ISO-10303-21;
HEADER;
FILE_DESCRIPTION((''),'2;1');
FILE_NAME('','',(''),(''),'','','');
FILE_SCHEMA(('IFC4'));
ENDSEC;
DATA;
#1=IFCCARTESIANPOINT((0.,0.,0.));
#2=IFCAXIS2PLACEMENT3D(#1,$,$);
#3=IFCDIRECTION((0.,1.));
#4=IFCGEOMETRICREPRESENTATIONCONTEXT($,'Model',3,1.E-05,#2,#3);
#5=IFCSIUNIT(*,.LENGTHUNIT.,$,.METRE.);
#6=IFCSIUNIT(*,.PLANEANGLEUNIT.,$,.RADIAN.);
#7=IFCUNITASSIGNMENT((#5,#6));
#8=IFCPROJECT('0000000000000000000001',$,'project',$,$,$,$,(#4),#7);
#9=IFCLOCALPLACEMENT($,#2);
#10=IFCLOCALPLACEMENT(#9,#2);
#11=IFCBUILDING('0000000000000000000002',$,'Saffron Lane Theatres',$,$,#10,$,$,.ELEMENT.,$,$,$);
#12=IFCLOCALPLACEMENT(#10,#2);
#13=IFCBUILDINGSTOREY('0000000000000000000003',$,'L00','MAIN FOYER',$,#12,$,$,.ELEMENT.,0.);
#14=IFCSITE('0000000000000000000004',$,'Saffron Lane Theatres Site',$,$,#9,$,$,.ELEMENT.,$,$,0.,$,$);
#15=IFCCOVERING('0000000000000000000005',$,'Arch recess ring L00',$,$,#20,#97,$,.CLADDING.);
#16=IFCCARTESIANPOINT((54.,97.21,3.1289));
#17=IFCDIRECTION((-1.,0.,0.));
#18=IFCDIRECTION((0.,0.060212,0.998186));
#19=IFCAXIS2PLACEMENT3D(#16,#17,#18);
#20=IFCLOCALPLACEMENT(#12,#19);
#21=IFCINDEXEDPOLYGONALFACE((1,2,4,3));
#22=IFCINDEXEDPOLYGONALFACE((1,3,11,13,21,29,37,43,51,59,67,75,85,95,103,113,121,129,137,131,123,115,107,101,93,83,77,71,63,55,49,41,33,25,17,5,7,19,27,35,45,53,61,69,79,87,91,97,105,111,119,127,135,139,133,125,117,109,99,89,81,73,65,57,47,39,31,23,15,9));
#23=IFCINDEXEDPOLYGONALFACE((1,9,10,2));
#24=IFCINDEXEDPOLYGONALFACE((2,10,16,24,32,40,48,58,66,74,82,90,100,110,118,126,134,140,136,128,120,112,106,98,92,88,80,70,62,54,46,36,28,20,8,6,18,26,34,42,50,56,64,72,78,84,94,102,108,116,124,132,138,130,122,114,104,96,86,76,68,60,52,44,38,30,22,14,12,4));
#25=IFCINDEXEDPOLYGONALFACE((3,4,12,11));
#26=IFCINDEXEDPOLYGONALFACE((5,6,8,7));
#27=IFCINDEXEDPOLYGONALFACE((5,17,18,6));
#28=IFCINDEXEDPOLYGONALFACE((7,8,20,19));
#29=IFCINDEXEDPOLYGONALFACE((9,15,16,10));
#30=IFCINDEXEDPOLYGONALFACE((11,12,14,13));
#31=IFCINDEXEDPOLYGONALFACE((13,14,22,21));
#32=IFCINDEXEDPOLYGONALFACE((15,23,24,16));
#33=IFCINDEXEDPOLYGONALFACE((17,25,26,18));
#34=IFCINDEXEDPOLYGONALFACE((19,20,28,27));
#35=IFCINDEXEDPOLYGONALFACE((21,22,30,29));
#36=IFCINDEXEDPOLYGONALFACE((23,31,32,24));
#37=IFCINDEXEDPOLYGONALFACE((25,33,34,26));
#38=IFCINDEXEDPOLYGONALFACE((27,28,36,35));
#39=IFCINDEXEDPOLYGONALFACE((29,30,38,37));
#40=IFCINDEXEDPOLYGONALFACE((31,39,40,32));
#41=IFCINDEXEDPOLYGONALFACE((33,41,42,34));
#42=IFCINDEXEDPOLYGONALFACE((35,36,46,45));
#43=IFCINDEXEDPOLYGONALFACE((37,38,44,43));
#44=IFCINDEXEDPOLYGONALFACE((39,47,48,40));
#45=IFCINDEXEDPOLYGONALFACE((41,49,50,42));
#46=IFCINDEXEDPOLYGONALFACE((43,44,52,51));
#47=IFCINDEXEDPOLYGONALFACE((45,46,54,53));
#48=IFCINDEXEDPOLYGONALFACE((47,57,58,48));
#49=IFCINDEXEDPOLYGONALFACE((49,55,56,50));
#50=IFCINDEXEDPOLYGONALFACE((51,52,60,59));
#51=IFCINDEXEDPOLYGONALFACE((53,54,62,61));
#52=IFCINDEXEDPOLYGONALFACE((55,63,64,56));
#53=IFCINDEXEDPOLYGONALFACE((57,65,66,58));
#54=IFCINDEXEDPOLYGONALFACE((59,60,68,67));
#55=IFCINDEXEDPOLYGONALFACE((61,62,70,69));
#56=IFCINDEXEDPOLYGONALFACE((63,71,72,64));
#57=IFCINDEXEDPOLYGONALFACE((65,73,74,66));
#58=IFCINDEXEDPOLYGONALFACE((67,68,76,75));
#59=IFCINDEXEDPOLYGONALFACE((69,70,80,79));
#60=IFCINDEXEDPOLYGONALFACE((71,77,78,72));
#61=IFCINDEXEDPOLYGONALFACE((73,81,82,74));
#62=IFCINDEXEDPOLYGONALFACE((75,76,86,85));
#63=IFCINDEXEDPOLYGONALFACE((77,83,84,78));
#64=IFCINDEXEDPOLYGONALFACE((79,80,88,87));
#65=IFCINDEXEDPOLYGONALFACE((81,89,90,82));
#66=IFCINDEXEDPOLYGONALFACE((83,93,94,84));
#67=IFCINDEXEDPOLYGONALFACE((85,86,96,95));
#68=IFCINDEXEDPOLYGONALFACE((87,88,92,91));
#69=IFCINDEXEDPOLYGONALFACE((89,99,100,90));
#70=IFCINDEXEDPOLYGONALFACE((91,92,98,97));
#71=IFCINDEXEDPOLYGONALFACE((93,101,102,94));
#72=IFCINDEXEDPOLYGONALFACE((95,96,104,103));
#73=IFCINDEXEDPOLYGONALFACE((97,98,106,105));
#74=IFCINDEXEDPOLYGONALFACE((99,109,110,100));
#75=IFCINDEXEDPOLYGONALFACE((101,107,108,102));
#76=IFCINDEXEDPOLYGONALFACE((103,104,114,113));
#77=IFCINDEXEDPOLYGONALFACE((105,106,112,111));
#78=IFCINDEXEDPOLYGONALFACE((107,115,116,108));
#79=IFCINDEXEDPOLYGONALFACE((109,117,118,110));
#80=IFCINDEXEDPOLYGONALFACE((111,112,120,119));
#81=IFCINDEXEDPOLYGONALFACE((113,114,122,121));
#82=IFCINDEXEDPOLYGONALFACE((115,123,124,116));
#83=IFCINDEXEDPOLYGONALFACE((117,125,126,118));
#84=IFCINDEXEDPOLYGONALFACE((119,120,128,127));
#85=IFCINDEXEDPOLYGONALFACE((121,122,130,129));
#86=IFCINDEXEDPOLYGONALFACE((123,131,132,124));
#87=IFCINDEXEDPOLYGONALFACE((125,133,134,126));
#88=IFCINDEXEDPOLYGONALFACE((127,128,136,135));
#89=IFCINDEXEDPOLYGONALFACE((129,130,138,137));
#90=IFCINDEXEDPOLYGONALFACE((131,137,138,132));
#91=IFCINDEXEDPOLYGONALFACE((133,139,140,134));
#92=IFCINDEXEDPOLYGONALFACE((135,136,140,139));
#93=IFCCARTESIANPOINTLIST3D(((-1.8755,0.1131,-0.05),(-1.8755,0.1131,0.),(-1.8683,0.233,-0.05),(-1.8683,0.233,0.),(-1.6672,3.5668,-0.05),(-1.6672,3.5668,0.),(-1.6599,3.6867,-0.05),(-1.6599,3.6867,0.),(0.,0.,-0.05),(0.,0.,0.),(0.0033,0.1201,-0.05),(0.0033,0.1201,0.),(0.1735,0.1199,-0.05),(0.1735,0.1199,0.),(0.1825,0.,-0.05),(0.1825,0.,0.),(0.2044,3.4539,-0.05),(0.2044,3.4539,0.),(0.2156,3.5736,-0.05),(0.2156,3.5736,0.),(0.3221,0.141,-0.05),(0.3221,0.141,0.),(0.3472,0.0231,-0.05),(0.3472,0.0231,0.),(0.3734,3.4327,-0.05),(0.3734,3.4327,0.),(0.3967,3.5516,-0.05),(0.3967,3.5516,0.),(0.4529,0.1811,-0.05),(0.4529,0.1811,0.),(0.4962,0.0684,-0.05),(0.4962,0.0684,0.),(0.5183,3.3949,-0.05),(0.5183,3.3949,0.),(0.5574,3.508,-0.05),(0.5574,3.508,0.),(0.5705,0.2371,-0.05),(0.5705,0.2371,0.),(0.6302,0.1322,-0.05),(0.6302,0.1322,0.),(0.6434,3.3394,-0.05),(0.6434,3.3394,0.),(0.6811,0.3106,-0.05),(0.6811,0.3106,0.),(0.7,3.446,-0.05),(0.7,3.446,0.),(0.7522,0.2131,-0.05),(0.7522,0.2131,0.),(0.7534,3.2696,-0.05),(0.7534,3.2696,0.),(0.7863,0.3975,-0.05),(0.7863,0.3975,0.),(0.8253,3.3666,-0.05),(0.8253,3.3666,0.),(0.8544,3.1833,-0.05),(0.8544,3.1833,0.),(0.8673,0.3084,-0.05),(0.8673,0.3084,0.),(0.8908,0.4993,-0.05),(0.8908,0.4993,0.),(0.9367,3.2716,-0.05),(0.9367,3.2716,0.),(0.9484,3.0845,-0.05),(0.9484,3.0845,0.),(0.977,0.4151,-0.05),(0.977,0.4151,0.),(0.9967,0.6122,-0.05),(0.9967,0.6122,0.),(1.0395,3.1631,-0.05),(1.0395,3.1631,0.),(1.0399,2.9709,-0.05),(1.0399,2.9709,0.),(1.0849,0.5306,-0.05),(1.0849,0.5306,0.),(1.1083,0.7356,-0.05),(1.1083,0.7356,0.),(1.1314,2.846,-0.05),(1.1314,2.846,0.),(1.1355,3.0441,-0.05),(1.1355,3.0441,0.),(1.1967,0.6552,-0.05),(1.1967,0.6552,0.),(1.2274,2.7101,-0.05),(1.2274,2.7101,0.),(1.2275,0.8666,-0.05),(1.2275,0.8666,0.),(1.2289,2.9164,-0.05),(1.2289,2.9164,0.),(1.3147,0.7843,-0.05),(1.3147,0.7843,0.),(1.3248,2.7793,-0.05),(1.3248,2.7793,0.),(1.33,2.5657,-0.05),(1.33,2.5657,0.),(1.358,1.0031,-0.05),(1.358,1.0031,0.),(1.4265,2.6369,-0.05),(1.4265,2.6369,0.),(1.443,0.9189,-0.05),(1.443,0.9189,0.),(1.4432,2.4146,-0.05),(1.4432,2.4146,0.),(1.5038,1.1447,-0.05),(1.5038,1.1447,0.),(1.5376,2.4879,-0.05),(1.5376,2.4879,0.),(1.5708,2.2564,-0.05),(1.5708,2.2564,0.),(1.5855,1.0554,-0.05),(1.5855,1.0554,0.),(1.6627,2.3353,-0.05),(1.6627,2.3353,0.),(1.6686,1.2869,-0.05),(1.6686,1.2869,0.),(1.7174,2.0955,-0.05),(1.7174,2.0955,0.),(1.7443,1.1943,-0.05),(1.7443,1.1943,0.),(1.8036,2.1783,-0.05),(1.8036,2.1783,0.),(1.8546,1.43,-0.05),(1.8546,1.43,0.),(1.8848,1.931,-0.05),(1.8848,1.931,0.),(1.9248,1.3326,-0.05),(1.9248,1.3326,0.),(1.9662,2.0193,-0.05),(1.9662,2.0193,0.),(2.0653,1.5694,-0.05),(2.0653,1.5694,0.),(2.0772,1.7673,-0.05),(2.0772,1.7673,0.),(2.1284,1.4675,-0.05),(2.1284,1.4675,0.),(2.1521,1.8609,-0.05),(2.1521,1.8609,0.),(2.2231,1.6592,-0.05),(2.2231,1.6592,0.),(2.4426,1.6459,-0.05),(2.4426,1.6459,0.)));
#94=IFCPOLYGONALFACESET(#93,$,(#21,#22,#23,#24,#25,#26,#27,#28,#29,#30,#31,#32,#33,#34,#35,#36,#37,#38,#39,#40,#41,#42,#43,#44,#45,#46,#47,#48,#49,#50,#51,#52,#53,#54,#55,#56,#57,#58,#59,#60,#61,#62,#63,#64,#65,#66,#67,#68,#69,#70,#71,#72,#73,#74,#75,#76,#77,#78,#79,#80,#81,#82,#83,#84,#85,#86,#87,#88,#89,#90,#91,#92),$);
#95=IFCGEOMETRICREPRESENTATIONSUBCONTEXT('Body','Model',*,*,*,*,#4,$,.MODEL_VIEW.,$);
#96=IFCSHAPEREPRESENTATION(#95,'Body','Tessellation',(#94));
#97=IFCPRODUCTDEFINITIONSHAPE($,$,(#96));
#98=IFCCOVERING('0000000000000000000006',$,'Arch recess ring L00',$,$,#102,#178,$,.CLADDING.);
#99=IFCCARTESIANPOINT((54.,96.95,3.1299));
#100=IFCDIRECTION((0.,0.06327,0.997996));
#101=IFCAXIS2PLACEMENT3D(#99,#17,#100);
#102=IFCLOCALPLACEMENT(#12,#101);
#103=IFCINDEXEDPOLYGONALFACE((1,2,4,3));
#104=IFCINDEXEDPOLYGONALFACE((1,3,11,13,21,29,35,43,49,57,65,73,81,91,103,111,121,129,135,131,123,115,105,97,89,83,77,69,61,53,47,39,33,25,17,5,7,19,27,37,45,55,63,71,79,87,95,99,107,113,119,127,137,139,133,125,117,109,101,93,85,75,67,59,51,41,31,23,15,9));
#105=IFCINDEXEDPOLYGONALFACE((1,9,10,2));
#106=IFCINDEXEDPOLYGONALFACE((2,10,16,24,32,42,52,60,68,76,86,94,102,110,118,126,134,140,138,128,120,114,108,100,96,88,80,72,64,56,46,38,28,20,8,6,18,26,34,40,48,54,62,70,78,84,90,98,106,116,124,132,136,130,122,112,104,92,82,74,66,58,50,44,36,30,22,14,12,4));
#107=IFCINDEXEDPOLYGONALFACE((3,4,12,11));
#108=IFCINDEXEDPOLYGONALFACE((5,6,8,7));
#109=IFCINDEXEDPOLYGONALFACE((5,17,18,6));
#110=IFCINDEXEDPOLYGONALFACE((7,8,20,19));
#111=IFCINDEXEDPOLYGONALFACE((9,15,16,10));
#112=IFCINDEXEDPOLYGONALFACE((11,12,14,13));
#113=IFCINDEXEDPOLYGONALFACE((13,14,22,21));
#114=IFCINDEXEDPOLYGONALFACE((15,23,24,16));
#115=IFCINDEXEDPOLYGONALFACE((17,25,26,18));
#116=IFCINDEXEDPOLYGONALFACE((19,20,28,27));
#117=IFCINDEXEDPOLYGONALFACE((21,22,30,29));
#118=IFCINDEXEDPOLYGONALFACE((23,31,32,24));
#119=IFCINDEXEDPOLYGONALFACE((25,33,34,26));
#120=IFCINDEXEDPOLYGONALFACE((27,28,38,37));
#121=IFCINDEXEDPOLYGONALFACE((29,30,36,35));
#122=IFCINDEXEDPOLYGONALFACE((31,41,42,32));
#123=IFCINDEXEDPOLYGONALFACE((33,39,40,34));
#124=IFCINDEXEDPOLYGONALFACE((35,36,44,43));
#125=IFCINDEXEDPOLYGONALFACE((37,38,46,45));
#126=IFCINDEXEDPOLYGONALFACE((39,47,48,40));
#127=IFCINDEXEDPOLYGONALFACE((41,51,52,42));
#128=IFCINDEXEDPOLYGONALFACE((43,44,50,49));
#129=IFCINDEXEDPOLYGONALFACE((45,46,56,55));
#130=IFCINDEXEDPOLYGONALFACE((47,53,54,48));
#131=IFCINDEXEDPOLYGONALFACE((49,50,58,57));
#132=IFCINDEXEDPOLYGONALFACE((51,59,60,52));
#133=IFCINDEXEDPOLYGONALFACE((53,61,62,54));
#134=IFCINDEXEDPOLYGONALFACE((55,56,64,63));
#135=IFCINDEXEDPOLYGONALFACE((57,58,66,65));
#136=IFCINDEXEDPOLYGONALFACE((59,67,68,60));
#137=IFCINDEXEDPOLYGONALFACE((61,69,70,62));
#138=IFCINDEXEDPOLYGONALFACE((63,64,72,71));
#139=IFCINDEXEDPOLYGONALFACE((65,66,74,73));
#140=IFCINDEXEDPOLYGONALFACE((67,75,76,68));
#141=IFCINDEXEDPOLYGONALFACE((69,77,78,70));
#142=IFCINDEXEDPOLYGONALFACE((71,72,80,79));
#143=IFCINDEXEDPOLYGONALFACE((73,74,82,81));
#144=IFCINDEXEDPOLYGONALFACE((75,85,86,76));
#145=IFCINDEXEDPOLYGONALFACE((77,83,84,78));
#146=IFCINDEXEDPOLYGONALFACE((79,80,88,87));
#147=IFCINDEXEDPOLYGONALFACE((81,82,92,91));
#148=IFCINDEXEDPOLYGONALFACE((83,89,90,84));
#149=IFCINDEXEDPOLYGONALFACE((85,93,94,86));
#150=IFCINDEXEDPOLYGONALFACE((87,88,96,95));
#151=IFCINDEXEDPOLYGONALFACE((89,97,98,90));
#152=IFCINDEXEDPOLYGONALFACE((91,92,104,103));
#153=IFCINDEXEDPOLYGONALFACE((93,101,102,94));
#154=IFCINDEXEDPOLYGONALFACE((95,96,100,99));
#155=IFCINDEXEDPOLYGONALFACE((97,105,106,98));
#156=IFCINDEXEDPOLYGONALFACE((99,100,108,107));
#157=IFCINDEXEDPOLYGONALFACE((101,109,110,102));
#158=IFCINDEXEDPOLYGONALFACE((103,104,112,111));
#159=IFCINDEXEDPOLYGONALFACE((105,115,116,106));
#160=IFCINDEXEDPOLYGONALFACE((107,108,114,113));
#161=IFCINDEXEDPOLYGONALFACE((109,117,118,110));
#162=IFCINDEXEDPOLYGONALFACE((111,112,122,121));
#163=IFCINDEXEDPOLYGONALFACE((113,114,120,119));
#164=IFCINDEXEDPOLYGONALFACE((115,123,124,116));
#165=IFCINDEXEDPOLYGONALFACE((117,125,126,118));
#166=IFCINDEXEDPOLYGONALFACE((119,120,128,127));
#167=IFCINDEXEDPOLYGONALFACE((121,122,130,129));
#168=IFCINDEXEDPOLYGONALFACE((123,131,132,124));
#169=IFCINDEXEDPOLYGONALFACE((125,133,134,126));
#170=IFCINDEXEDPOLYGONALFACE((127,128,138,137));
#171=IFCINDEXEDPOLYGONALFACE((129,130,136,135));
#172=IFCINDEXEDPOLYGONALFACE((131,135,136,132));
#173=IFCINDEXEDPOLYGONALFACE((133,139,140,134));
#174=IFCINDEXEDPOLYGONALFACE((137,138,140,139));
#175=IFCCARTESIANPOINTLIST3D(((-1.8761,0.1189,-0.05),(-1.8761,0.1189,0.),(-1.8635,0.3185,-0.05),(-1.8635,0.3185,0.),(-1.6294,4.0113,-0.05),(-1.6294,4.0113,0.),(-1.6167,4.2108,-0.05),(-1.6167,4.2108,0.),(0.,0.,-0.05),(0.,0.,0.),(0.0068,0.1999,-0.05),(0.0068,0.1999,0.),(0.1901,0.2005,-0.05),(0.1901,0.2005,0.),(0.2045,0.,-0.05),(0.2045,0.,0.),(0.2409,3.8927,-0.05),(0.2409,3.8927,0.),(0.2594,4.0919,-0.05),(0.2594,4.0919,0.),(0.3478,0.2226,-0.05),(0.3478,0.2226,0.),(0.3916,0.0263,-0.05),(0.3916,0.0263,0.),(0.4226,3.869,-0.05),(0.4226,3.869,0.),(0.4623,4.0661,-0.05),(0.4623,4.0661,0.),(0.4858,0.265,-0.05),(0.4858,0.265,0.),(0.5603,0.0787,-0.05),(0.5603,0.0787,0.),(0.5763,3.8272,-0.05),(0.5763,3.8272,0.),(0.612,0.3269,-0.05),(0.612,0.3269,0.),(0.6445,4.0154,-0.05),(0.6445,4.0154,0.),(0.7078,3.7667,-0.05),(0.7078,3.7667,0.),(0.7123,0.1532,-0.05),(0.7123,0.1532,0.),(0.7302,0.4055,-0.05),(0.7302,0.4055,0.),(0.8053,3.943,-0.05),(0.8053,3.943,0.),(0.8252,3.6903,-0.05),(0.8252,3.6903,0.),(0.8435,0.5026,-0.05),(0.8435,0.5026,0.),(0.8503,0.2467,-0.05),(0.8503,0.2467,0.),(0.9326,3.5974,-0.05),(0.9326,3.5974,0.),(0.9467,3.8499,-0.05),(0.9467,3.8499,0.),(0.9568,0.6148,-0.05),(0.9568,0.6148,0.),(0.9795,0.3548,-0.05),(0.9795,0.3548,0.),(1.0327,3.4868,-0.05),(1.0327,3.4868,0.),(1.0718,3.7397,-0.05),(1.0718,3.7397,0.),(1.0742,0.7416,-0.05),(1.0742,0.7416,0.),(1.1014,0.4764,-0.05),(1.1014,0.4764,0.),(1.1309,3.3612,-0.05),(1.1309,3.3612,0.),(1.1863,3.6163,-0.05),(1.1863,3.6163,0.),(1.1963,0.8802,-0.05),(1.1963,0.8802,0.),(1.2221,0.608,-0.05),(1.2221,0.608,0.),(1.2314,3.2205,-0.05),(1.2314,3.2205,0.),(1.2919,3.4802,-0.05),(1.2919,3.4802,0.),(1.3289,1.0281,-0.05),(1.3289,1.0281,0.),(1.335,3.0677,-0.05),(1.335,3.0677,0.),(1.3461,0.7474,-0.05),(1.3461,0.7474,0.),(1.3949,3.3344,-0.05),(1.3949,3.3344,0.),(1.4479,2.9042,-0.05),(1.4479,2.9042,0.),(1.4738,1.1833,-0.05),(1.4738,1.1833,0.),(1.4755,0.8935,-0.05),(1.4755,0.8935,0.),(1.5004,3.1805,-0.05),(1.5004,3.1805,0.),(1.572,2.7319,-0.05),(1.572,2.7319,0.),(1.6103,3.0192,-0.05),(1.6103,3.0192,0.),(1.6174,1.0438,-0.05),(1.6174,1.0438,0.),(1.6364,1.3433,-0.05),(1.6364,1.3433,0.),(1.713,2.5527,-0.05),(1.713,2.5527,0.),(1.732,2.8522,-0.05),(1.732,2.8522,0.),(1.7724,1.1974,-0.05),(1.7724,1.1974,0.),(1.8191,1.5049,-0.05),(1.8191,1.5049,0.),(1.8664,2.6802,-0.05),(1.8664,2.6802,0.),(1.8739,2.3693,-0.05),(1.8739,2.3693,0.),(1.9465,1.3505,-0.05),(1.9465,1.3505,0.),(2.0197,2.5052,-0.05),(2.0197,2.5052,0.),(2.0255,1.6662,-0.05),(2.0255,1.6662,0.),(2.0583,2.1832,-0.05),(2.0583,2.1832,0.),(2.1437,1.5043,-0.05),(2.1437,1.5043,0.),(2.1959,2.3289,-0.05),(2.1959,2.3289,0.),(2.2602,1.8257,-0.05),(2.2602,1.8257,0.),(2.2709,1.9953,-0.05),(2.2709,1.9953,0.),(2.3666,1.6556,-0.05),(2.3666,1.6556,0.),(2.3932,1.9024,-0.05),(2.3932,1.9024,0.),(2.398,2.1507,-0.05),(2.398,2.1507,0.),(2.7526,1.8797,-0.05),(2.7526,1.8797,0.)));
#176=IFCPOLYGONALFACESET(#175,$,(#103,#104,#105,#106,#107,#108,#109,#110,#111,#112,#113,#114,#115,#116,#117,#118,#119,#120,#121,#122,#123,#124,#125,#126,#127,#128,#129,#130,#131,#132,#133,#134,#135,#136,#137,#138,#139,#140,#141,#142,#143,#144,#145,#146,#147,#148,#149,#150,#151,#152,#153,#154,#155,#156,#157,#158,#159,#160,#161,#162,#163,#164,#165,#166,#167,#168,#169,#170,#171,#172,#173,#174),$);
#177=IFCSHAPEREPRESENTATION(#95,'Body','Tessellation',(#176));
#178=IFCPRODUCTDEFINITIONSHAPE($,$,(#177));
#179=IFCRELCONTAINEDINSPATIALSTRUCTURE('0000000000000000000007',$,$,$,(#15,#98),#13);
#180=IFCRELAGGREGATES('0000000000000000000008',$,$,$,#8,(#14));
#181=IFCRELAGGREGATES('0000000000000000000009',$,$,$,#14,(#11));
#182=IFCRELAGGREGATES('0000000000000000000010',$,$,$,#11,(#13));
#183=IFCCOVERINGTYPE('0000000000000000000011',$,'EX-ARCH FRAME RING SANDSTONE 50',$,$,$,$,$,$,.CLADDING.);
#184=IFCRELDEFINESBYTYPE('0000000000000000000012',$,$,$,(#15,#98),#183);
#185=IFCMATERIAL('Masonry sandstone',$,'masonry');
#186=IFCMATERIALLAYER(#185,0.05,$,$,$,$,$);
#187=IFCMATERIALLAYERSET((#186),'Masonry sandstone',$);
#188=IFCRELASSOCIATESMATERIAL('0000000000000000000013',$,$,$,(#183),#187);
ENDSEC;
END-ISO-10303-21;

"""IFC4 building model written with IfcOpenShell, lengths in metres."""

from ifc_helpers import new_model, si_unit, direction, frame, origin, place, context, subcontext, project, spatial, polyline, outline, extrude, material, layer, layer_set, type_object, element, save


model = new_model("IFC4")

# Units and contexts
model_context = context("Model", 3, precision=1e-05, world=origin(), true_north=direction((0.0, 1.0)))
body_context = subcontext(model_context, "Body", "Model", "MODEL_VIEW")
ifc_project = project(units=[si_unit("LENGTHUNIT", "METRE"), si_unit("PLANEANGLEUNIT", "RADIAN")], contexts=[model_context])

# Site, building, storey
site_placement = place(None, origin())
site = spatial("IfcSite", under=ifc_project, at=site_placement, Name="Saffron Lane Theatres Site", CompositionType="ELEMENT", RefElevation=0.0)
building_placement = place(site_placement, origin())
building = spatial("IfcBuilding", under=site, at=building_placement, Name="Saffron Lane Theatres", CompositionType="ELEMENT")
storey_placement = place(building_placement, origin())
storey = spatial("IfcBuildingStorey", under=building, at=storey_placement, Name="L00", Description="MAIN FOYER", CompositionType="ELEMENT", Elevation=0.0)

# Coverings
ifc_material_1 = material(Name="Masonry sandstone", Category="masonry")
ifc_layer_1 = layer(ifc_material_1, 0.05)
ifc_layer_set_1 = layer_set([ifc_layer_1], Name="Masonry sandstone")
covering_type_1 = type_object("IfcCoveringType", Name="EX-ARCH FRAME RING SANDSTONE 50", PredefinedType="CLADDING", material=ifc_layer_set_1)
covering_1_placement = place(storey_placement, frame((54.0, 97.21, 3.1289), z_axis=(-1.0, 0.0, 0.0), x_axis=(0.0, 0.060212, 0.998186)))
element("IfcCovering", 1, at=covering_1_placement, inside=storey, type_object=covering_type_1, Name="Arch recess ring L00", PredefinedType="CLADDING", context=body_context, shape_type="SweptSolid", body=[
    extrude(outline(polyline([(0.0, 0.0), (0.1825, 0.0), (0.3472, 0.0231), (0.4962, 0.0684), (0.6302, 0.1322), (0.7522, 0.2131), (0.8673, 0.3084), (0.977, 0.4151), (1.0849, 0.5306), (1.1967, 0.6552), (1.3147, 0.7843), (1.443, 0.9189), (1.5855, 1.0554), (1.7443, 1.1943), (1.9248, 1.3326), (2.1284, 1.4675), (2.4426, 1.6459), (2.1521, 1.8609), (1.9662, 2.0193), (1.8036, 2.1783), (1.6627, 2.3353), (1.5376, 2.4879), (1.4265, 2.6369), (1.3248, 2.7793), (1.2289, 2.9164), (1.1355, 3.0441), (1.0395, 3.1631), (0.9367, 3.2716), (0.8253, 3.3666), (0.7, 3.446), (0.5574, 3.508), (0.3967, 3.5516), (0.2156, 3.5736), (-1.6599, 3.6867), (-1.6672, 3.5668), (0.2044, 3.4539), (0.3734, 3.4327), (0.5183, 3.3949), (0.6434, 3.3394), (0.7534, 3.2696), (0.8544, 3.1833), (0.9484, 3.0845), (1.0399, 2.9709), (1.1314, 2.846), (1.2274, 2.7101), (1.33, 2.5657), (1.4432, 2.4146), (1.5708, 2.2564), (1.7174, 2.0955), (1.8848, 1.931), (2.0772, 1.7673), (2.2231, 1.6592), (2.0653, 1.5694), (1.8546, 1.43), (1.6686, 1.2869), (1.5038, 1.1447), (1.358, 1.0031), (1.2275, 0.8666), (1.1083, 0.7356), (0.9967, 0.6122), (0.8908, 0.4993), (0.7863, 0.3975), (0.6811, 0.3106), (0.5705, 0.2371), (0.4529, 0.1811), (0.3221, 0.141), (0.1735, 0.1199), (0.0033, 0.1201), (-1.8683, 0.233), (-1.8755, 0.1131), (0.0, 0.0)])), origin(), (0.0, 0.0, -1.0), 0.05),
])
covering_2_placement = place(storey_placement, frame((54.0, 96.95, 3.1299), z_axis=(-1.0, 0.0, 0.0), x_axis=(0.0, 0.06327, 0.997996)))
element("IfcCovering", 2, at=covering_2_placement, inside=storey, type_object=covering_type_1, Name="Arch recess ring L00", PredefinedType="CLADDING", context=body_context, shape_type="SweptSolid", body=[
    extrude(outline(polyline([(0.0, 0.0), (0.2045, 0.0), (0.3916, 0.0263), (0.5603, 0.0787), (0.7123, 0.1532), (0.8503, 0.2467), (0.9795, 0.3548), (1.1014, 0.4764), (1.2221, 0.608), (1.3461, 0.7474), (1.4755, 0.8935), (1.6174, 1.0438), (1.7724, 1.1974), (1.9465, 1.3505), (2.1437, 1.5043), (2.3666, 1.6556), (2.7526, 1.8797), (2.398, 2.1507), (2.1959, 2.3289), (2.0197, 2.5052), (1.8664, 2.6802), (1.732, 2.8522), (1.6103, 3.0192), (1.5004, 3.1805), (1.3949, 3.3344), (1.2919, 3.4802), (1.1863, 3.6163), (1.0718, 3.7397), (0.9467, 3.8499), (0.8053, 3.943), (0.6445, 4.0154), (0.4623, 4.0661), (0.2594, 4.0919), (-1.6167, 4.2108), (-1.6294, 4.0113), (0.2409, 3.8927), (0.4226, 3.869), (0.5763, 3.8272), (0.7078, 3.7667), (0.8252, 3.6903), (0.9326, 3.5974), (1.0327, 3.4868), (1.1309, 3.3612), (1.2314, 3.2205), (1.335, 3.0677), (1.4479, 2.9042), (1.572, 2.7319), (1.713, 2.5527), (1.8739, 2.3693), (2.0583, 2.1832), (2.2709, 1.9953), (2.3932, 1.9024), (2.2602, 1.8257), (2.0255, 1.6662), (1.8191, 1.5049), (1.6364, 1.3433), (1.4738, 1.1833), (1.3289, 1.0281), (1.1963, 0.8802), (1.0742, 0.7416), (0.9568, 0.6148), (0.8435, 0.5026), (0.7302, 0.4055), (0.612, 0.3269), (0.4858, 0.265), (0.3478, 0.2226), (0.1901, 0.2005), (0.0068, 0.1999), (-1.8635, 0.3185), (-1.8761, 0.1189), (0.0, 0.0)])), origin(), (0.0, 0.0, -1.0), 0.05),
])

save(model, "model.ifc")
